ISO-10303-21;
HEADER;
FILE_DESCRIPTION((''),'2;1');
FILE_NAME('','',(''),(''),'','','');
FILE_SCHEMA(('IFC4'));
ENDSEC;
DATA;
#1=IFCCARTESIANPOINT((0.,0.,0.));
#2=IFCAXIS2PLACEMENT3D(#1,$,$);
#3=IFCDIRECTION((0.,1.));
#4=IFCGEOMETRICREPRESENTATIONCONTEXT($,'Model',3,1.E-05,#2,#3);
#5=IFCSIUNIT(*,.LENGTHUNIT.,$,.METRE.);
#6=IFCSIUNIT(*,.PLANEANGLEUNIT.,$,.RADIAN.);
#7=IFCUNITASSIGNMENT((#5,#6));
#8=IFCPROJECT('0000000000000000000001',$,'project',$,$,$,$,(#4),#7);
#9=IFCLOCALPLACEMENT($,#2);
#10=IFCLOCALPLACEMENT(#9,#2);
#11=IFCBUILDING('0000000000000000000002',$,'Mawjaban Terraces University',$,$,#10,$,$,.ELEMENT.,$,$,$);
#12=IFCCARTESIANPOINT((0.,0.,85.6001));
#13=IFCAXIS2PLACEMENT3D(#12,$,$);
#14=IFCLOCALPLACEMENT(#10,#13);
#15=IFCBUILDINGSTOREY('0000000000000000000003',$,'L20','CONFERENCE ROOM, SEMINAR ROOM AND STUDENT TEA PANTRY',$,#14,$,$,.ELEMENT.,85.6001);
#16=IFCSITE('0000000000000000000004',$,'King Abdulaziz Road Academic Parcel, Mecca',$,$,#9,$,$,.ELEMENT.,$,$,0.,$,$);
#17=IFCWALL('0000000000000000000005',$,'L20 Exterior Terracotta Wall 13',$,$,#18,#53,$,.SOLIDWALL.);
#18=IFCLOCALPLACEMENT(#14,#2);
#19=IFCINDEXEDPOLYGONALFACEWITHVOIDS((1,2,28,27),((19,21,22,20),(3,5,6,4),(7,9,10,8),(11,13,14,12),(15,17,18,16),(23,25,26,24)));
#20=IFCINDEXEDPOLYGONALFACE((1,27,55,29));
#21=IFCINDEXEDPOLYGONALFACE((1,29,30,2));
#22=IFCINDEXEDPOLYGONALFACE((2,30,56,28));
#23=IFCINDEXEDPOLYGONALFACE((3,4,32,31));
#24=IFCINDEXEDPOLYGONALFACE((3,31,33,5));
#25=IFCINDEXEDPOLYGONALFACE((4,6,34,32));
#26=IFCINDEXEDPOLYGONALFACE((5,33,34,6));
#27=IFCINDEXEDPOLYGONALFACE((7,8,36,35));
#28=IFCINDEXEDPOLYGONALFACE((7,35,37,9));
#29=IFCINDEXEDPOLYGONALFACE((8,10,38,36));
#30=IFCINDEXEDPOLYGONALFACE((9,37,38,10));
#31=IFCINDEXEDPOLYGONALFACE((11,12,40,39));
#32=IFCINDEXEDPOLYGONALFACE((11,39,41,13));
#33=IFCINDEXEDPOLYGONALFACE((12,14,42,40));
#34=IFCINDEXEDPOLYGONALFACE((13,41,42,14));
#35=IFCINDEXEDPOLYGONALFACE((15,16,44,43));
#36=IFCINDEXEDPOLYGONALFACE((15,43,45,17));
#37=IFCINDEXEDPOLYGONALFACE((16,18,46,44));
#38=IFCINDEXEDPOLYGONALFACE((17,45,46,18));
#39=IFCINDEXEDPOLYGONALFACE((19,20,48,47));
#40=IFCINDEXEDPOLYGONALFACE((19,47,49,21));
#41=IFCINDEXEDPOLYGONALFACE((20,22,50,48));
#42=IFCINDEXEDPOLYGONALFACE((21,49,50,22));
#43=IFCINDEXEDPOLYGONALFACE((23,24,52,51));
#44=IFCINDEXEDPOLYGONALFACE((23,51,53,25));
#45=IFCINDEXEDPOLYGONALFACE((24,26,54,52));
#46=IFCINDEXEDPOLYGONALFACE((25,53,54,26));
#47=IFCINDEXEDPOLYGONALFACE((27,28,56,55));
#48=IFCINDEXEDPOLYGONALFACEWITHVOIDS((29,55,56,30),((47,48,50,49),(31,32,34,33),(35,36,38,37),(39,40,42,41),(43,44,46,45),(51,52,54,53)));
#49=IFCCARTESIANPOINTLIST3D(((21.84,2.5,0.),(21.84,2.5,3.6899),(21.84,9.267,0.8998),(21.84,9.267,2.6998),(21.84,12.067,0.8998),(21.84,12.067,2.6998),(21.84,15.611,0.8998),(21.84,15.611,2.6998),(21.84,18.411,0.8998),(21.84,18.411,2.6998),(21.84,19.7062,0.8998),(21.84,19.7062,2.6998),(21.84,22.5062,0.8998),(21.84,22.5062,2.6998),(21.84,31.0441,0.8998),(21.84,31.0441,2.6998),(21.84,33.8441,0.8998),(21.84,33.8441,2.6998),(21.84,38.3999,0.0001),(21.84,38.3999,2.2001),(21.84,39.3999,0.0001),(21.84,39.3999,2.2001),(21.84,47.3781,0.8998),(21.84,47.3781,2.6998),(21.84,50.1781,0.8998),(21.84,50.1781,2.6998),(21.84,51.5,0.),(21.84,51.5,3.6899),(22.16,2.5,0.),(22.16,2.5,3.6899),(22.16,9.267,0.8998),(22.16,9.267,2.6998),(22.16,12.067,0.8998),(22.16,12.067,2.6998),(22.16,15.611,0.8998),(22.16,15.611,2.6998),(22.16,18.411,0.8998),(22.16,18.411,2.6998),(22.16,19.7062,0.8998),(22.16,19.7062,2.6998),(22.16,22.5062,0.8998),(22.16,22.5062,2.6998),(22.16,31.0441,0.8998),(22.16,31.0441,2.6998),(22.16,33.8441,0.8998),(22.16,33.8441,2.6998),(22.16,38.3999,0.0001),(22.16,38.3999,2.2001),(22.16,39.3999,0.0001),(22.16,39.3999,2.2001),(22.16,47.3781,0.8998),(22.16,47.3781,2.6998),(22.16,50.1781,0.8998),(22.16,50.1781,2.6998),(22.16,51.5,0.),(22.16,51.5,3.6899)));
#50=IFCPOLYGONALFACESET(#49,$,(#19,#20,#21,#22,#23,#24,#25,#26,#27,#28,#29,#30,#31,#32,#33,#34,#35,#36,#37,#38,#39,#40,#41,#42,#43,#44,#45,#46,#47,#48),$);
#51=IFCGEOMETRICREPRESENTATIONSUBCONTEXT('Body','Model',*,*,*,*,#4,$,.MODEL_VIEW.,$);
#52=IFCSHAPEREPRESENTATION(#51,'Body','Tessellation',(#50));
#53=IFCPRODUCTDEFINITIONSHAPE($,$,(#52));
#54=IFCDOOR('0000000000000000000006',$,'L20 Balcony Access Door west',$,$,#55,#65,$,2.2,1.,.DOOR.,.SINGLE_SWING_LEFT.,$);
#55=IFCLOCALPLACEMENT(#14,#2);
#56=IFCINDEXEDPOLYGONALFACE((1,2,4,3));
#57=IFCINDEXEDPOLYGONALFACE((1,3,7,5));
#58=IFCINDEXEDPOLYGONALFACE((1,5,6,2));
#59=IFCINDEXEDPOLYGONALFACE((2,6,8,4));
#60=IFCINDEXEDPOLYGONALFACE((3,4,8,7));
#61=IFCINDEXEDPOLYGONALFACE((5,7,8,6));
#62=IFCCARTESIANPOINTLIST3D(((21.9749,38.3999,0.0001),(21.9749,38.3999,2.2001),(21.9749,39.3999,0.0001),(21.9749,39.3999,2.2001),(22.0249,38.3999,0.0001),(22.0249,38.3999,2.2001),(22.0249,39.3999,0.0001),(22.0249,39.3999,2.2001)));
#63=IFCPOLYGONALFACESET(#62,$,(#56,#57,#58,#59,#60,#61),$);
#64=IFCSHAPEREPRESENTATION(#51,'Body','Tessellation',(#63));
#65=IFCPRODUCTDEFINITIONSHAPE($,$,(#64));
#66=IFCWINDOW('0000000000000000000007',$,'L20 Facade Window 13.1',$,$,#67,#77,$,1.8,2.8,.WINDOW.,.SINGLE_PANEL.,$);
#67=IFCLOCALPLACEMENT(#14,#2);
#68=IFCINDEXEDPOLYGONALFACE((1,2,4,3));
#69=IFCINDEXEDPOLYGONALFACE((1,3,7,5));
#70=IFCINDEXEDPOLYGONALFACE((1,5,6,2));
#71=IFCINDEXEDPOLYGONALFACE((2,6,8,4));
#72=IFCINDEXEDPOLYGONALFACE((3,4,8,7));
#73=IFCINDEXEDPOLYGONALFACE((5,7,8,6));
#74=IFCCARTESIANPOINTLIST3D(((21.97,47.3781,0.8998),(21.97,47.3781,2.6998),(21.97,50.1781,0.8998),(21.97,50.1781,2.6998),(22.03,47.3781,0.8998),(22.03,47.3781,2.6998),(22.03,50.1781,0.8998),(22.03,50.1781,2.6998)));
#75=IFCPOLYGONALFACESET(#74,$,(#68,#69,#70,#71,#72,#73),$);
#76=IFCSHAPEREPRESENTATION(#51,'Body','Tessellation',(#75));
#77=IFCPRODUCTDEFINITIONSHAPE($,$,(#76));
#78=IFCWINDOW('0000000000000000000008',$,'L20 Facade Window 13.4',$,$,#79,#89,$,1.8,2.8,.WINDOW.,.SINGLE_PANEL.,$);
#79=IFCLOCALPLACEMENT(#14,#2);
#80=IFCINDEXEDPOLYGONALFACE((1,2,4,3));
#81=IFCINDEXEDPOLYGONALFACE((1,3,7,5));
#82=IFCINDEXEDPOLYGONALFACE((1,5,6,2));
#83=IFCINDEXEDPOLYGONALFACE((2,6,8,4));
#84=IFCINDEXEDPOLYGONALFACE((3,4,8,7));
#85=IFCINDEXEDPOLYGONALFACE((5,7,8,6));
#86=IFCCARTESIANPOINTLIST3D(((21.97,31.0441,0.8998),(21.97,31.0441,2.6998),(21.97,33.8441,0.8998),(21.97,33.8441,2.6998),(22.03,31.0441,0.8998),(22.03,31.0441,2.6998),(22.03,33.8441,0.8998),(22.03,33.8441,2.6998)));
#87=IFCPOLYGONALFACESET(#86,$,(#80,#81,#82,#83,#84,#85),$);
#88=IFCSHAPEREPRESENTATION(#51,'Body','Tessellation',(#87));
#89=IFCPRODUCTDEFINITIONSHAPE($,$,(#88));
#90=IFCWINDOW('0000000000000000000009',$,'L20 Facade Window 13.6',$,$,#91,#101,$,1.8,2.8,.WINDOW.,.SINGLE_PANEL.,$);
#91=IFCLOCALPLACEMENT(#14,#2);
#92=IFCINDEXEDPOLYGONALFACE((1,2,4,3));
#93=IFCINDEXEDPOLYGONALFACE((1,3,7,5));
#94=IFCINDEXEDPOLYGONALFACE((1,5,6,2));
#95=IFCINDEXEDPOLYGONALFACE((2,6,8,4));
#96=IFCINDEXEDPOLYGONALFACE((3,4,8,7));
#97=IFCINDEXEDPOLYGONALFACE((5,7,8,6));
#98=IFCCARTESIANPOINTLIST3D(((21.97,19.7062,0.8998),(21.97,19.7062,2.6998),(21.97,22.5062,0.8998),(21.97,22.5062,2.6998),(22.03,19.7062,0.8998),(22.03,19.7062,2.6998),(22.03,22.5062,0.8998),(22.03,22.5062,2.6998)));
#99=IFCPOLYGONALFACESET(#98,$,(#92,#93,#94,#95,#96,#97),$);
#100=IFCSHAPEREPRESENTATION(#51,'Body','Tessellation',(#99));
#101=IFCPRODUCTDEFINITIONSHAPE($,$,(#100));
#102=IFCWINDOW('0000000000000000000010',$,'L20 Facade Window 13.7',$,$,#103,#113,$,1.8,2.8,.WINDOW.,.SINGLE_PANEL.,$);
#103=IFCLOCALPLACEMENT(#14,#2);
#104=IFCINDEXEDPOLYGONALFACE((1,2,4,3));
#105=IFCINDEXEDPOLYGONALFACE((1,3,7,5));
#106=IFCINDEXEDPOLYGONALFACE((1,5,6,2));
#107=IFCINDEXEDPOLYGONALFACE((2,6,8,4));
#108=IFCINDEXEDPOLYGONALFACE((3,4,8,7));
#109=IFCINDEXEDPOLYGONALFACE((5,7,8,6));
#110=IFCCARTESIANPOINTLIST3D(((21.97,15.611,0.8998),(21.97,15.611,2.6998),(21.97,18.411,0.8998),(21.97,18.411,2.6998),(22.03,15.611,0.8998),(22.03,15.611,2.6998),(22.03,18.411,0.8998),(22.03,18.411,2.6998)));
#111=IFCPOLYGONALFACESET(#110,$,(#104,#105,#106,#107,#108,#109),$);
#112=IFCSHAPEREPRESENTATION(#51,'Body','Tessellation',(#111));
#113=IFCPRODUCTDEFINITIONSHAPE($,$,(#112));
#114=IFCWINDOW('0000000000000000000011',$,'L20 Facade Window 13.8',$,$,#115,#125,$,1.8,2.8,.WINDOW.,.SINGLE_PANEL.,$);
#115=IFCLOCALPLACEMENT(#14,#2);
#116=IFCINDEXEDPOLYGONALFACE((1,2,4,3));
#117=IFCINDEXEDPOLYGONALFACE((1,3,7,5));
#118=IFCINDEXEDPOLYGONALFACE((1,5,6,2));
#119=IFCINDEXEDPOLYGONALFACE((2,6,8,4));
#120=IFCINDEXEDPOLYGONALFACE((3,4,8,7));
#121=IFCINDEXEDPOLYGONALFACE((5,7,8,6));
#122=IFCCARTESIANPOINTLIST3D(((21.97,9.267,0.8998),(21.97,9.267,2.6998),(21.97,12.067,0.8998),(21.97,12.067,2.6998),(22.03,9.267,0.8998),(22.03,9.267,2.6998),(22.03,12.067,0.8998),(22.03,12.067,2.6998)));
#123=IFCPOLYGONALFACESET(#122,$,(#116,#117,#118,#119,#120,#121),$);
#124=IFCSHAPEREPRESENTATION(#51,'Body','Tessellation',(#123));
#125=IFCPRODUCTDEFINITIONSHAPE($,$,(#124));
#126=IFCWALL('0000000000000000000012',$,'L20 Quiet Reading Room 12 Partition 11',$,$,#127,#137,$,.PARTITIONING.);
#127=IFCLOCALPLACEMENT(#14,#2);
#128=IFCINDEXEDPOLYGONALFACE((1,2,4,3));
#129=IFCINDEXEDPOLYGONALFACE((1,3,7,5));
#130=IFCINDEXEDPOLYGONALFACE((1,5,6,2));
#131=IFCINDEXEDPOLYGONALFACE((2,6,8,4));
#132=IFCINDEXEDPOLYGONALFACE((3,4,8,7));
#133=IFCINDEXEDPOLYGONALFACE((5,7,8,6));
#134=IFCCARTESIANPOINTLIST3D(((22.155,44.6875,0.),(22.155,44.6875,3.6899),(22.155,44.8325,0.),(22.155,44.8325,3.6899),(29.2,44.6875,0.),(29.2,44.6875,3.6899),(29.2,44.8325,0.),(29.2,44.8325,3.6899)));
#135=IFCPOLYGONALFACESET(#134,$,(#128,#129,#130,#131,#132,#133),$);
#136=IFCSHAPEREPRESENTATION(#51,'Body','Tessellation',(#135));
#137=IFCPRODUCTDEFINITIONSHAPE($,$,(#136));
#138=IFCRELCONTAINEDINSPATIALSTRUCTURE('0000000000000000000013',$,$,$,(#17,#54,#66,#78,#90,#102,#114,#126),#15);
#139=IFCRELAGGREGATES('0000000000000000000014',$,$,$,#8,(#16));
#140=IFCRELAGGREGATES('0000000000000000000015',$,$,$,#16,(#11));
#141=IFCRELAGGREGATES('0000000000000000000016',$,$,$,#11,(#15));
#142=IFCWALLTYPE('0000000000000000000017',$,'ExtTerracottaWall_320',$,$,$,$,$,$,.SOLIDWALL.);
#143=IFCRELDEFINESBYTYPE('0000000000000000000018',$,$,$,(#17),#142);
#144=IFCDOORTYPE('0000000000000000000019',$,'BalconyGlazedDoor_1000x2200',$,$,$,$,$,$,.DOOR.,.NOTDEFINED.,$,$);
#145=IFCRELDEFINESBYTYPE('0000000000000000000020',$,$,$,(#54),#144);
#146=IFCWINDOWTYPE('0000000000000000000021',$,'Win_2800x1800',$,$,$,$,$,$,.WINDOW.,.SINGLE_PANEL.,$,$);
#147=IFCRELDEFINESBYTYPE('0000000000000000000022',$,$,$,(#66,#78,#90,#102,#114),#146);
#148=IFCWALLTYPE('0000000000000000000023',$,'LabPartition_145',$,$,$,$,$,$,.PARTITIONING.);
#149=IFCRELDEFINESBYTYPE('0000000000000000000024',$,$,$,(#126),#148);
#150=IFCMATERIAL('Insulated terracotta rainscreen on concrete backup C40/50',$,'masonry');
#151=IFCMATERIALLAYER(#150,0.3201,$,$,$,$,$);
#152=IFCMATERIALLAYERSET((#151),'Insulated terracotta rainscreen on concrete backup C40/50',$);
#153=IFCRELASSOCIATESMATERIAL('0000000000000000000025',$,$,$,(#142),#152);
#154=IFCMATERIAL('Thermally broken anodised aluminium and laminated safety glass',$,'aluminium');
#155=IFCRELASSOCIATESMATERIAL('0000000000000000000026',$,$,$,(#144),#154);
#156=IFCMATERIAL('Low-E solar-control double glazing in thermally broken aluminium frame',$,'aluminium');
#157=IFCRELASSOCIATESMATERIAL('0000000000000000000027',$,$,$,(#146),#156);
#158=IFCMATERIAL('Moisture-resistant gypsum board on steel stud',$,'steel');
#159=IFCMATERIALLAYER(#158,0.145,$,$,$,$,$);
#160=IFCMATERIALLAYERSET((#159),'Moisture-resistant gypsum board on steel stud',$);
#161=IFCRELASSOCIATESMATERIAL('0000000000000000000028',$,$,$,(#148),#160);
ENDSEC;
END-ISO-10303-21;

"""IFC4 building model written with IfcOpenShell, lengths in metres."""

from ifc_helpers import new_model, si_unit, direction, frame, frame_2d, origin, place, context, subcontext, project, spatial, rectangle, extrude, material, layer, layer_set, type_object, element, fill, save


model = new_model("IFC4")

# Units and contexts
model_context = context("Model", 3, precision=1e-05, world=origin(), true_north=direction((0.0, 1.0)))
body_context = subcontext(model_context, "Body", "Model", "MODEL_VIEW")
ifc_project = project(units=[si_unit("LENGTHUNIT", "METRE"), si_unit("PLANEANGLEUNIT", "RADIAN")], contexts=[model_context])

# Site, building, storey
site_placement = place(None, origin())
site = spatial("IfcSite", under=ifc_project, at=site_placement, Name="King Abdulaziz Road Academic Parcel, Mecca", CompositionType="ELEMENT", RefElevation=0.0)
building_placement = place(site_placement, origin())
building = spatial("IfcBuilding", under=site, at=building_placement, Name="Mawjaban Terraces University", CompositionType="ELEMENT")
storey_placement = place(building_placement, frame((0.0, 0.0, 85.6001)))
storey = spatial("IfcBuildingStorey", under=building, at=storey_placement, Name="L20", Description="CONFERENCE ROOM, SEMINAR ROOM AND STUDENT TEA PANTRY", CompositionType="ELEMENT", Elevation=85.6001)

# Shared definitions
ifc_material_1 = material(Name="Insulated terracotta rainscreen on concrete backup C40/50", Category="masonry")
ifc_layer_1 = layer(ifc_material_1, 0.3201)
ifc_layer_set_1 = layer_set([ifc_layer_1], Name="Insulated terracotta rainscreen on concrete backup C40/50")
wall_type_1 = type_object("IfcWallType", Name="ExtTerracottaWall_320", PredefinedType="SOLIDWALL", material=ifc_layer_set_1)
ifc_material_2 = material(Name="Low-E solar-control double glazing in thermally broken aluminium frame", Category="aluminium")

# Wall, openings, door, windows
wall_1_placement = place(storey_placement, frame((22.0, 51.5, 0.0), z_axis=(0.0, 0.0, 1.0), x_axis=(0.0, -1.0, 0.0)))
wall_1 = element("IfcWall", 1, at=wall_1_placement, inside=storey, type_object=wall_type_1, Name="L20 Exterior Terracotta Wall 13", PredefinedType="SOLIDWALL", context=body_context, shape_type="SweptSolid", body=[
    extrude(rectangle(XDim=49.0, YDim=0.3201, at=frame_2d((24.5, 0.0))), origin(), (0.0, 0.0, 1.0), 3.6899),
])
opening_1_placement = place(wall_1_placement, frame((12.1001, 0.0, 0.0)))
opening_1 = element("IfcOpeningElement", 2, at=opening_1_placement, cuts=wall_1, PredefinedType="OPENING", context=body_context, shape_type="SweptSolid", body=[
    extrude(rectangle(XDim=1.0, YDim=2.2, at=frame_2d((0.5, 1.1001))), frame((0.0, 0.1699, 0.0), z_axis=(0.0, -1.0, 0.0), x_axis=(1.0, 0.0, 0.0)), (0.0, 0.0, 1.0), 0.3401),
])
opening_2_placement = place(wall_1_placement, frame((1.322, 0.0, 0.8999)))
opening_2 = element("IfcOpeningElement", 3, at=opening_2_placement, cuts=wall_1, PredefinedType="OPENING", context=body_context, shape_type="SweptSolid", body=[
    extrude(rectangle(XDim=2.8, YDim=1.8, at=frame_2d((1.3999, 0.8999))), frame((0.0, 0.1699, 0.0), z_axis=(0.0, -1.0, 0.0), x_axis=(1.0, 0.0, 0.0)), (0.0, 0.0, 1.0), 0.3401),
])
opening_3_placement = place(wall_1_placement, frame((17.656, 0.0, 0.8999)))
opening_3 = element("IfcOpeningElement", 4, at=opening_3_placement, cuts=wall_1, PredefinedType="OPENING", context=body_context, shape_type="SweptSolid", body=[
    extrude(rectangle(XDim=2.8, YDim=1.8, at=frame_2d((1.3999, 0.8999))), frame((0.0, 0.1699, 0.0), z_axis=(0.0, -1.0, 0.0), x_axis=(1.0, 0.0, 0.0)), (0.0, 0.0, 1.0), 0.3401),
])
opening_4_placement = place(wall_1_placement, frame((28.9939, 0.0, 0.8999)))
opening_4 = element("IfcOpeningElement", 5, at=opening_4_placement, cuts=wall_1, PredefinedType="OPENING", context=body_context, shape_type="SweptSolid", body=[
    extrude(rectangle(XDim=2.8, YDim=1.8, at=frame_2d((1.3999, 0.8999))), frame((0.0, 0.1699, 0.0), z_axis=(0.0, -1.0, 0.0), x_axis=(1.0, 0.0, 0.0)), (0.0, 0.0, 1.0), 0.3401),
])
opening_5_placement = place(wall_1_placement, frame((33.0891, 0.0, 0.8999)))
opening_5 = element("IfcOpeningElement", 6, at=opening_5_placement, cuts=wall_1, PredefinedType="OPENING", context=body_context, shape_type="SweptSolid", body=[
    extrude(rectangle(XDim=2.8, YDim=1.8, at=frame_2d((1.3999, 0.8999))), frame((0.0, 0.1699, 0.0), z_axis=(0.0, -1.0, 0.0), x_axis=(1.0, 0.0, 0.0)), (0.0, 0.0, 1.0), 0.3401),
])
opening_6_placement = place(wall_1_placement, frame((39.4331, 0.0, 0.8999)))
opening_6 = element("IfcOpeningElement", 7, at=opening_6_placement, cuts=wall_1, PredefinedType="OPENING", context=body_context, shape_type="SweptSolid", body=[
    extrude(rectangle(XDim=2.8, YDim=1.8, at=frame_2d((1.3999, 0.8999))), frame((0.0, 0.1699, 0.0), z_axis=(0.0, -1.0, 0.0), x_axis=(1.0, 0.0, 0.0)), (0.0, 0.0, 1.0), 0.3401),
])
ifc_material_3 = material(Name="Thermally broken anodised aluminium and laminated safety glass", Category="aluminium")
door_type_1 = type_object("IfcDoorType", Name="BalconyGlazedDoor_1000x2200", OperationType="NOTDEFINED", PredefinedType="DOOR", material=ifc_material_3)
door_1_placement = place(opening_1_placement, origin())
door_1 = element("IfcDoor", 8, at=door_1_placement, inside=storey, type_object=door_type_1, Name="L20 Balcony Access Door west", OperationType="SINGLE_SWING_LEFT", OverallHeight=2.2, OverallWidth=1.0, PredefinedType="DOOR", context=body_context, shape_type="SweptSolid", body=[
    extrude(rectangle(XDim=1.0, YDim=2.2, at=frame_2d((0.5, 1.1001))), frame((0.0, 0.0249, 0.0), z_axis=(0.0, -1.0, 0.0), x_axis=(1.0, 0.0, 0.0)), (0.0, 0.0, 1.0), 0.05),
])
fill(opening_1, door_1)
window_type_1 = type_object("IfcWindowType", Name="Win_2800x1800", PartitioningType="SINGLE_PANEL", PredefinedType="WINDOW", material=ifc_material_2)
window_1_placement = place(opening_2_placement, origin())
window_1 = element("IfcWindow", 9, at=window_1_placement, inside=storey, type_object=window_type_1, Name="L20 Facade Window 13.1", OverallHeight=1.8, OverallWidth=2.8, PartitioningType="SINGLE_PANEL", PredefinedType="WINDOW", context=body_context, shape_type="SweptSolid", body=[
    extrude(rectangle(XDim=2.8, YDim=1.8, at=frame_2d((1.3999, 0.8999))), frame((0.0, 0.03, 0.0), z_axis=(0.0, -1.0, 0.0), x_axis=(1.0, 0.0, 0.0)), (0.0, 0.0, 1.0), 0.0601),
])
fill(opening_2, window_1)
window_2_placement = place(opening_3_placement, origin())
window_2 = element("IfcWindow", 10, at=window_2_placement, inside=storey, type_object=window_type_1, Name="L20 Facade Window 13.4", OverallHeight=1.8, OverallWidth=2.8, PartitioningType="SINGLE_PANEL", PredefinedType="WINDOW", context=body_context, shape_type="SweptSolid", body=[
    extrude(rectangle(XDim=2.8, YDim=1.8, at=frame_2d((1.3999, 0.8999))), frame((0.0, 0.03, 0.0), z_axis=(0.0, -1.0, 0.0), x_axis=(1.0, 0.0, 0.0)), (0.0, 0.0, 1.0), 0.0601),
])
fill(opening_3, window_2)
window_3_placement = place(opening_4_placement, origin())
window_3 = element("IfcWindow", 11, at=window_3_placement, inside=storey, type_object=window_type_1, Name="L20 Facade Window 13.6", OverallHeight=1.8, OverallWidth=2.8, PartitioningType="SINGLE_PANEL", PredefinedType="WINDOW", context=body_context, shape_type="SweptSolid", body=[
    extrude(rectangle(XDim=2.8, YDim=1.8, at=frame_2d((1.3999, 0.8999))), frame((0.0, 0.03, 0.0), z_axis=(0.0, -1.0, 0.0), x_axis=(1.0, 0.0, 0.0)), (0.0, 0.0, 1.0), 0.0601),
])
fill(opening_4, window_3)
window_4_placement = place(opening_5_placement, origin())
window_4 = element("IfcWindow", 12, at=window_4_placement, inside=storey, type_object=window_type_1, Name="L20 Facade Window 13.7", OverallHeight=1.8, OverallWidth=2.8, PartitioningType="SINGLE_PANEL", PredefinedType="WINDOW", context=body_context, shape_type="SweptSolid", body=[
    extrude(rectangle(XDim=2.8, YDim=1.8, at=frame_2d((1.3999, 0.8999))), frame((0.0, 0.03, 0.0), z_axis=(0.0, -1.0, 0.0), x_axis=(1.0, 0.0, 0.0)), (0.0, 0.0, 1.0), 0.0601),
])
fill(opening_5, window_4)
window_5_placement = place(opening_6_placement, origin())
window_5 = element("IfcWindow", 13, at=window_5_placement, inside=storey, type_object=window_type_1, Name="L20 Facade Window 13.8", OverallHeight=1.8, OverallWidth=2.8, PartitioningType="SINGLE_PANEL", PredefinedType="WINDOW", context=body_context, shape_type="SweptSolid", body=[
    extrude(rectangle(XDim=2.8, YDim=1.8, at=frame_2d((1.3999, 0.8999))), frame((0.0, 0.03, 0.0), z_axis=(0.0, -1.0, 0.0), x_axis=(1.0, 0.0, 0.0)), (0.0, 0.0, 1.0), 0.0601),
])
fill(opening_6, window_5)

# Wall
ifc_material_4 = material(Name="Moisture-resistant gypsum board on steel stud", Category="steel")
ifc_layer_2 = layer(ifc_material_4, 0.145)
ifc_layer_set_2 = layer_set([ifc_layer_2], Name="Moisture-resistant gypsum board on steel stud")
wall_type_2 = type_object("IfcWallType", Name="LabPartition_145", PredefinedType="PARTITIONING", material=ifc_layer_set_2)
wall_2_placement = place(storey_placement, frame((29.2, 44.76, 0.0), z_axis=(0.0, 0.0, 1.0), x_axis=(-1.0, 0.0, 0.0)))
element("IfcWall", 14, at=wall_2_placement, inside=storey, type_object=wall_type_2, Name="L20 Quiet Reading Room 12 Partition 11", PredefinedType="PARTITIONING", context=body_context, shape_type="SweptSolid", body=[
    extrude(rectangle(XDim=7.0449, YDim=0.145, at=frame_2d((3.5225, 0.0))), origin(), (0.0, 0.0, 1.0), 3.6899),
])

save(model, "model.ifc")
